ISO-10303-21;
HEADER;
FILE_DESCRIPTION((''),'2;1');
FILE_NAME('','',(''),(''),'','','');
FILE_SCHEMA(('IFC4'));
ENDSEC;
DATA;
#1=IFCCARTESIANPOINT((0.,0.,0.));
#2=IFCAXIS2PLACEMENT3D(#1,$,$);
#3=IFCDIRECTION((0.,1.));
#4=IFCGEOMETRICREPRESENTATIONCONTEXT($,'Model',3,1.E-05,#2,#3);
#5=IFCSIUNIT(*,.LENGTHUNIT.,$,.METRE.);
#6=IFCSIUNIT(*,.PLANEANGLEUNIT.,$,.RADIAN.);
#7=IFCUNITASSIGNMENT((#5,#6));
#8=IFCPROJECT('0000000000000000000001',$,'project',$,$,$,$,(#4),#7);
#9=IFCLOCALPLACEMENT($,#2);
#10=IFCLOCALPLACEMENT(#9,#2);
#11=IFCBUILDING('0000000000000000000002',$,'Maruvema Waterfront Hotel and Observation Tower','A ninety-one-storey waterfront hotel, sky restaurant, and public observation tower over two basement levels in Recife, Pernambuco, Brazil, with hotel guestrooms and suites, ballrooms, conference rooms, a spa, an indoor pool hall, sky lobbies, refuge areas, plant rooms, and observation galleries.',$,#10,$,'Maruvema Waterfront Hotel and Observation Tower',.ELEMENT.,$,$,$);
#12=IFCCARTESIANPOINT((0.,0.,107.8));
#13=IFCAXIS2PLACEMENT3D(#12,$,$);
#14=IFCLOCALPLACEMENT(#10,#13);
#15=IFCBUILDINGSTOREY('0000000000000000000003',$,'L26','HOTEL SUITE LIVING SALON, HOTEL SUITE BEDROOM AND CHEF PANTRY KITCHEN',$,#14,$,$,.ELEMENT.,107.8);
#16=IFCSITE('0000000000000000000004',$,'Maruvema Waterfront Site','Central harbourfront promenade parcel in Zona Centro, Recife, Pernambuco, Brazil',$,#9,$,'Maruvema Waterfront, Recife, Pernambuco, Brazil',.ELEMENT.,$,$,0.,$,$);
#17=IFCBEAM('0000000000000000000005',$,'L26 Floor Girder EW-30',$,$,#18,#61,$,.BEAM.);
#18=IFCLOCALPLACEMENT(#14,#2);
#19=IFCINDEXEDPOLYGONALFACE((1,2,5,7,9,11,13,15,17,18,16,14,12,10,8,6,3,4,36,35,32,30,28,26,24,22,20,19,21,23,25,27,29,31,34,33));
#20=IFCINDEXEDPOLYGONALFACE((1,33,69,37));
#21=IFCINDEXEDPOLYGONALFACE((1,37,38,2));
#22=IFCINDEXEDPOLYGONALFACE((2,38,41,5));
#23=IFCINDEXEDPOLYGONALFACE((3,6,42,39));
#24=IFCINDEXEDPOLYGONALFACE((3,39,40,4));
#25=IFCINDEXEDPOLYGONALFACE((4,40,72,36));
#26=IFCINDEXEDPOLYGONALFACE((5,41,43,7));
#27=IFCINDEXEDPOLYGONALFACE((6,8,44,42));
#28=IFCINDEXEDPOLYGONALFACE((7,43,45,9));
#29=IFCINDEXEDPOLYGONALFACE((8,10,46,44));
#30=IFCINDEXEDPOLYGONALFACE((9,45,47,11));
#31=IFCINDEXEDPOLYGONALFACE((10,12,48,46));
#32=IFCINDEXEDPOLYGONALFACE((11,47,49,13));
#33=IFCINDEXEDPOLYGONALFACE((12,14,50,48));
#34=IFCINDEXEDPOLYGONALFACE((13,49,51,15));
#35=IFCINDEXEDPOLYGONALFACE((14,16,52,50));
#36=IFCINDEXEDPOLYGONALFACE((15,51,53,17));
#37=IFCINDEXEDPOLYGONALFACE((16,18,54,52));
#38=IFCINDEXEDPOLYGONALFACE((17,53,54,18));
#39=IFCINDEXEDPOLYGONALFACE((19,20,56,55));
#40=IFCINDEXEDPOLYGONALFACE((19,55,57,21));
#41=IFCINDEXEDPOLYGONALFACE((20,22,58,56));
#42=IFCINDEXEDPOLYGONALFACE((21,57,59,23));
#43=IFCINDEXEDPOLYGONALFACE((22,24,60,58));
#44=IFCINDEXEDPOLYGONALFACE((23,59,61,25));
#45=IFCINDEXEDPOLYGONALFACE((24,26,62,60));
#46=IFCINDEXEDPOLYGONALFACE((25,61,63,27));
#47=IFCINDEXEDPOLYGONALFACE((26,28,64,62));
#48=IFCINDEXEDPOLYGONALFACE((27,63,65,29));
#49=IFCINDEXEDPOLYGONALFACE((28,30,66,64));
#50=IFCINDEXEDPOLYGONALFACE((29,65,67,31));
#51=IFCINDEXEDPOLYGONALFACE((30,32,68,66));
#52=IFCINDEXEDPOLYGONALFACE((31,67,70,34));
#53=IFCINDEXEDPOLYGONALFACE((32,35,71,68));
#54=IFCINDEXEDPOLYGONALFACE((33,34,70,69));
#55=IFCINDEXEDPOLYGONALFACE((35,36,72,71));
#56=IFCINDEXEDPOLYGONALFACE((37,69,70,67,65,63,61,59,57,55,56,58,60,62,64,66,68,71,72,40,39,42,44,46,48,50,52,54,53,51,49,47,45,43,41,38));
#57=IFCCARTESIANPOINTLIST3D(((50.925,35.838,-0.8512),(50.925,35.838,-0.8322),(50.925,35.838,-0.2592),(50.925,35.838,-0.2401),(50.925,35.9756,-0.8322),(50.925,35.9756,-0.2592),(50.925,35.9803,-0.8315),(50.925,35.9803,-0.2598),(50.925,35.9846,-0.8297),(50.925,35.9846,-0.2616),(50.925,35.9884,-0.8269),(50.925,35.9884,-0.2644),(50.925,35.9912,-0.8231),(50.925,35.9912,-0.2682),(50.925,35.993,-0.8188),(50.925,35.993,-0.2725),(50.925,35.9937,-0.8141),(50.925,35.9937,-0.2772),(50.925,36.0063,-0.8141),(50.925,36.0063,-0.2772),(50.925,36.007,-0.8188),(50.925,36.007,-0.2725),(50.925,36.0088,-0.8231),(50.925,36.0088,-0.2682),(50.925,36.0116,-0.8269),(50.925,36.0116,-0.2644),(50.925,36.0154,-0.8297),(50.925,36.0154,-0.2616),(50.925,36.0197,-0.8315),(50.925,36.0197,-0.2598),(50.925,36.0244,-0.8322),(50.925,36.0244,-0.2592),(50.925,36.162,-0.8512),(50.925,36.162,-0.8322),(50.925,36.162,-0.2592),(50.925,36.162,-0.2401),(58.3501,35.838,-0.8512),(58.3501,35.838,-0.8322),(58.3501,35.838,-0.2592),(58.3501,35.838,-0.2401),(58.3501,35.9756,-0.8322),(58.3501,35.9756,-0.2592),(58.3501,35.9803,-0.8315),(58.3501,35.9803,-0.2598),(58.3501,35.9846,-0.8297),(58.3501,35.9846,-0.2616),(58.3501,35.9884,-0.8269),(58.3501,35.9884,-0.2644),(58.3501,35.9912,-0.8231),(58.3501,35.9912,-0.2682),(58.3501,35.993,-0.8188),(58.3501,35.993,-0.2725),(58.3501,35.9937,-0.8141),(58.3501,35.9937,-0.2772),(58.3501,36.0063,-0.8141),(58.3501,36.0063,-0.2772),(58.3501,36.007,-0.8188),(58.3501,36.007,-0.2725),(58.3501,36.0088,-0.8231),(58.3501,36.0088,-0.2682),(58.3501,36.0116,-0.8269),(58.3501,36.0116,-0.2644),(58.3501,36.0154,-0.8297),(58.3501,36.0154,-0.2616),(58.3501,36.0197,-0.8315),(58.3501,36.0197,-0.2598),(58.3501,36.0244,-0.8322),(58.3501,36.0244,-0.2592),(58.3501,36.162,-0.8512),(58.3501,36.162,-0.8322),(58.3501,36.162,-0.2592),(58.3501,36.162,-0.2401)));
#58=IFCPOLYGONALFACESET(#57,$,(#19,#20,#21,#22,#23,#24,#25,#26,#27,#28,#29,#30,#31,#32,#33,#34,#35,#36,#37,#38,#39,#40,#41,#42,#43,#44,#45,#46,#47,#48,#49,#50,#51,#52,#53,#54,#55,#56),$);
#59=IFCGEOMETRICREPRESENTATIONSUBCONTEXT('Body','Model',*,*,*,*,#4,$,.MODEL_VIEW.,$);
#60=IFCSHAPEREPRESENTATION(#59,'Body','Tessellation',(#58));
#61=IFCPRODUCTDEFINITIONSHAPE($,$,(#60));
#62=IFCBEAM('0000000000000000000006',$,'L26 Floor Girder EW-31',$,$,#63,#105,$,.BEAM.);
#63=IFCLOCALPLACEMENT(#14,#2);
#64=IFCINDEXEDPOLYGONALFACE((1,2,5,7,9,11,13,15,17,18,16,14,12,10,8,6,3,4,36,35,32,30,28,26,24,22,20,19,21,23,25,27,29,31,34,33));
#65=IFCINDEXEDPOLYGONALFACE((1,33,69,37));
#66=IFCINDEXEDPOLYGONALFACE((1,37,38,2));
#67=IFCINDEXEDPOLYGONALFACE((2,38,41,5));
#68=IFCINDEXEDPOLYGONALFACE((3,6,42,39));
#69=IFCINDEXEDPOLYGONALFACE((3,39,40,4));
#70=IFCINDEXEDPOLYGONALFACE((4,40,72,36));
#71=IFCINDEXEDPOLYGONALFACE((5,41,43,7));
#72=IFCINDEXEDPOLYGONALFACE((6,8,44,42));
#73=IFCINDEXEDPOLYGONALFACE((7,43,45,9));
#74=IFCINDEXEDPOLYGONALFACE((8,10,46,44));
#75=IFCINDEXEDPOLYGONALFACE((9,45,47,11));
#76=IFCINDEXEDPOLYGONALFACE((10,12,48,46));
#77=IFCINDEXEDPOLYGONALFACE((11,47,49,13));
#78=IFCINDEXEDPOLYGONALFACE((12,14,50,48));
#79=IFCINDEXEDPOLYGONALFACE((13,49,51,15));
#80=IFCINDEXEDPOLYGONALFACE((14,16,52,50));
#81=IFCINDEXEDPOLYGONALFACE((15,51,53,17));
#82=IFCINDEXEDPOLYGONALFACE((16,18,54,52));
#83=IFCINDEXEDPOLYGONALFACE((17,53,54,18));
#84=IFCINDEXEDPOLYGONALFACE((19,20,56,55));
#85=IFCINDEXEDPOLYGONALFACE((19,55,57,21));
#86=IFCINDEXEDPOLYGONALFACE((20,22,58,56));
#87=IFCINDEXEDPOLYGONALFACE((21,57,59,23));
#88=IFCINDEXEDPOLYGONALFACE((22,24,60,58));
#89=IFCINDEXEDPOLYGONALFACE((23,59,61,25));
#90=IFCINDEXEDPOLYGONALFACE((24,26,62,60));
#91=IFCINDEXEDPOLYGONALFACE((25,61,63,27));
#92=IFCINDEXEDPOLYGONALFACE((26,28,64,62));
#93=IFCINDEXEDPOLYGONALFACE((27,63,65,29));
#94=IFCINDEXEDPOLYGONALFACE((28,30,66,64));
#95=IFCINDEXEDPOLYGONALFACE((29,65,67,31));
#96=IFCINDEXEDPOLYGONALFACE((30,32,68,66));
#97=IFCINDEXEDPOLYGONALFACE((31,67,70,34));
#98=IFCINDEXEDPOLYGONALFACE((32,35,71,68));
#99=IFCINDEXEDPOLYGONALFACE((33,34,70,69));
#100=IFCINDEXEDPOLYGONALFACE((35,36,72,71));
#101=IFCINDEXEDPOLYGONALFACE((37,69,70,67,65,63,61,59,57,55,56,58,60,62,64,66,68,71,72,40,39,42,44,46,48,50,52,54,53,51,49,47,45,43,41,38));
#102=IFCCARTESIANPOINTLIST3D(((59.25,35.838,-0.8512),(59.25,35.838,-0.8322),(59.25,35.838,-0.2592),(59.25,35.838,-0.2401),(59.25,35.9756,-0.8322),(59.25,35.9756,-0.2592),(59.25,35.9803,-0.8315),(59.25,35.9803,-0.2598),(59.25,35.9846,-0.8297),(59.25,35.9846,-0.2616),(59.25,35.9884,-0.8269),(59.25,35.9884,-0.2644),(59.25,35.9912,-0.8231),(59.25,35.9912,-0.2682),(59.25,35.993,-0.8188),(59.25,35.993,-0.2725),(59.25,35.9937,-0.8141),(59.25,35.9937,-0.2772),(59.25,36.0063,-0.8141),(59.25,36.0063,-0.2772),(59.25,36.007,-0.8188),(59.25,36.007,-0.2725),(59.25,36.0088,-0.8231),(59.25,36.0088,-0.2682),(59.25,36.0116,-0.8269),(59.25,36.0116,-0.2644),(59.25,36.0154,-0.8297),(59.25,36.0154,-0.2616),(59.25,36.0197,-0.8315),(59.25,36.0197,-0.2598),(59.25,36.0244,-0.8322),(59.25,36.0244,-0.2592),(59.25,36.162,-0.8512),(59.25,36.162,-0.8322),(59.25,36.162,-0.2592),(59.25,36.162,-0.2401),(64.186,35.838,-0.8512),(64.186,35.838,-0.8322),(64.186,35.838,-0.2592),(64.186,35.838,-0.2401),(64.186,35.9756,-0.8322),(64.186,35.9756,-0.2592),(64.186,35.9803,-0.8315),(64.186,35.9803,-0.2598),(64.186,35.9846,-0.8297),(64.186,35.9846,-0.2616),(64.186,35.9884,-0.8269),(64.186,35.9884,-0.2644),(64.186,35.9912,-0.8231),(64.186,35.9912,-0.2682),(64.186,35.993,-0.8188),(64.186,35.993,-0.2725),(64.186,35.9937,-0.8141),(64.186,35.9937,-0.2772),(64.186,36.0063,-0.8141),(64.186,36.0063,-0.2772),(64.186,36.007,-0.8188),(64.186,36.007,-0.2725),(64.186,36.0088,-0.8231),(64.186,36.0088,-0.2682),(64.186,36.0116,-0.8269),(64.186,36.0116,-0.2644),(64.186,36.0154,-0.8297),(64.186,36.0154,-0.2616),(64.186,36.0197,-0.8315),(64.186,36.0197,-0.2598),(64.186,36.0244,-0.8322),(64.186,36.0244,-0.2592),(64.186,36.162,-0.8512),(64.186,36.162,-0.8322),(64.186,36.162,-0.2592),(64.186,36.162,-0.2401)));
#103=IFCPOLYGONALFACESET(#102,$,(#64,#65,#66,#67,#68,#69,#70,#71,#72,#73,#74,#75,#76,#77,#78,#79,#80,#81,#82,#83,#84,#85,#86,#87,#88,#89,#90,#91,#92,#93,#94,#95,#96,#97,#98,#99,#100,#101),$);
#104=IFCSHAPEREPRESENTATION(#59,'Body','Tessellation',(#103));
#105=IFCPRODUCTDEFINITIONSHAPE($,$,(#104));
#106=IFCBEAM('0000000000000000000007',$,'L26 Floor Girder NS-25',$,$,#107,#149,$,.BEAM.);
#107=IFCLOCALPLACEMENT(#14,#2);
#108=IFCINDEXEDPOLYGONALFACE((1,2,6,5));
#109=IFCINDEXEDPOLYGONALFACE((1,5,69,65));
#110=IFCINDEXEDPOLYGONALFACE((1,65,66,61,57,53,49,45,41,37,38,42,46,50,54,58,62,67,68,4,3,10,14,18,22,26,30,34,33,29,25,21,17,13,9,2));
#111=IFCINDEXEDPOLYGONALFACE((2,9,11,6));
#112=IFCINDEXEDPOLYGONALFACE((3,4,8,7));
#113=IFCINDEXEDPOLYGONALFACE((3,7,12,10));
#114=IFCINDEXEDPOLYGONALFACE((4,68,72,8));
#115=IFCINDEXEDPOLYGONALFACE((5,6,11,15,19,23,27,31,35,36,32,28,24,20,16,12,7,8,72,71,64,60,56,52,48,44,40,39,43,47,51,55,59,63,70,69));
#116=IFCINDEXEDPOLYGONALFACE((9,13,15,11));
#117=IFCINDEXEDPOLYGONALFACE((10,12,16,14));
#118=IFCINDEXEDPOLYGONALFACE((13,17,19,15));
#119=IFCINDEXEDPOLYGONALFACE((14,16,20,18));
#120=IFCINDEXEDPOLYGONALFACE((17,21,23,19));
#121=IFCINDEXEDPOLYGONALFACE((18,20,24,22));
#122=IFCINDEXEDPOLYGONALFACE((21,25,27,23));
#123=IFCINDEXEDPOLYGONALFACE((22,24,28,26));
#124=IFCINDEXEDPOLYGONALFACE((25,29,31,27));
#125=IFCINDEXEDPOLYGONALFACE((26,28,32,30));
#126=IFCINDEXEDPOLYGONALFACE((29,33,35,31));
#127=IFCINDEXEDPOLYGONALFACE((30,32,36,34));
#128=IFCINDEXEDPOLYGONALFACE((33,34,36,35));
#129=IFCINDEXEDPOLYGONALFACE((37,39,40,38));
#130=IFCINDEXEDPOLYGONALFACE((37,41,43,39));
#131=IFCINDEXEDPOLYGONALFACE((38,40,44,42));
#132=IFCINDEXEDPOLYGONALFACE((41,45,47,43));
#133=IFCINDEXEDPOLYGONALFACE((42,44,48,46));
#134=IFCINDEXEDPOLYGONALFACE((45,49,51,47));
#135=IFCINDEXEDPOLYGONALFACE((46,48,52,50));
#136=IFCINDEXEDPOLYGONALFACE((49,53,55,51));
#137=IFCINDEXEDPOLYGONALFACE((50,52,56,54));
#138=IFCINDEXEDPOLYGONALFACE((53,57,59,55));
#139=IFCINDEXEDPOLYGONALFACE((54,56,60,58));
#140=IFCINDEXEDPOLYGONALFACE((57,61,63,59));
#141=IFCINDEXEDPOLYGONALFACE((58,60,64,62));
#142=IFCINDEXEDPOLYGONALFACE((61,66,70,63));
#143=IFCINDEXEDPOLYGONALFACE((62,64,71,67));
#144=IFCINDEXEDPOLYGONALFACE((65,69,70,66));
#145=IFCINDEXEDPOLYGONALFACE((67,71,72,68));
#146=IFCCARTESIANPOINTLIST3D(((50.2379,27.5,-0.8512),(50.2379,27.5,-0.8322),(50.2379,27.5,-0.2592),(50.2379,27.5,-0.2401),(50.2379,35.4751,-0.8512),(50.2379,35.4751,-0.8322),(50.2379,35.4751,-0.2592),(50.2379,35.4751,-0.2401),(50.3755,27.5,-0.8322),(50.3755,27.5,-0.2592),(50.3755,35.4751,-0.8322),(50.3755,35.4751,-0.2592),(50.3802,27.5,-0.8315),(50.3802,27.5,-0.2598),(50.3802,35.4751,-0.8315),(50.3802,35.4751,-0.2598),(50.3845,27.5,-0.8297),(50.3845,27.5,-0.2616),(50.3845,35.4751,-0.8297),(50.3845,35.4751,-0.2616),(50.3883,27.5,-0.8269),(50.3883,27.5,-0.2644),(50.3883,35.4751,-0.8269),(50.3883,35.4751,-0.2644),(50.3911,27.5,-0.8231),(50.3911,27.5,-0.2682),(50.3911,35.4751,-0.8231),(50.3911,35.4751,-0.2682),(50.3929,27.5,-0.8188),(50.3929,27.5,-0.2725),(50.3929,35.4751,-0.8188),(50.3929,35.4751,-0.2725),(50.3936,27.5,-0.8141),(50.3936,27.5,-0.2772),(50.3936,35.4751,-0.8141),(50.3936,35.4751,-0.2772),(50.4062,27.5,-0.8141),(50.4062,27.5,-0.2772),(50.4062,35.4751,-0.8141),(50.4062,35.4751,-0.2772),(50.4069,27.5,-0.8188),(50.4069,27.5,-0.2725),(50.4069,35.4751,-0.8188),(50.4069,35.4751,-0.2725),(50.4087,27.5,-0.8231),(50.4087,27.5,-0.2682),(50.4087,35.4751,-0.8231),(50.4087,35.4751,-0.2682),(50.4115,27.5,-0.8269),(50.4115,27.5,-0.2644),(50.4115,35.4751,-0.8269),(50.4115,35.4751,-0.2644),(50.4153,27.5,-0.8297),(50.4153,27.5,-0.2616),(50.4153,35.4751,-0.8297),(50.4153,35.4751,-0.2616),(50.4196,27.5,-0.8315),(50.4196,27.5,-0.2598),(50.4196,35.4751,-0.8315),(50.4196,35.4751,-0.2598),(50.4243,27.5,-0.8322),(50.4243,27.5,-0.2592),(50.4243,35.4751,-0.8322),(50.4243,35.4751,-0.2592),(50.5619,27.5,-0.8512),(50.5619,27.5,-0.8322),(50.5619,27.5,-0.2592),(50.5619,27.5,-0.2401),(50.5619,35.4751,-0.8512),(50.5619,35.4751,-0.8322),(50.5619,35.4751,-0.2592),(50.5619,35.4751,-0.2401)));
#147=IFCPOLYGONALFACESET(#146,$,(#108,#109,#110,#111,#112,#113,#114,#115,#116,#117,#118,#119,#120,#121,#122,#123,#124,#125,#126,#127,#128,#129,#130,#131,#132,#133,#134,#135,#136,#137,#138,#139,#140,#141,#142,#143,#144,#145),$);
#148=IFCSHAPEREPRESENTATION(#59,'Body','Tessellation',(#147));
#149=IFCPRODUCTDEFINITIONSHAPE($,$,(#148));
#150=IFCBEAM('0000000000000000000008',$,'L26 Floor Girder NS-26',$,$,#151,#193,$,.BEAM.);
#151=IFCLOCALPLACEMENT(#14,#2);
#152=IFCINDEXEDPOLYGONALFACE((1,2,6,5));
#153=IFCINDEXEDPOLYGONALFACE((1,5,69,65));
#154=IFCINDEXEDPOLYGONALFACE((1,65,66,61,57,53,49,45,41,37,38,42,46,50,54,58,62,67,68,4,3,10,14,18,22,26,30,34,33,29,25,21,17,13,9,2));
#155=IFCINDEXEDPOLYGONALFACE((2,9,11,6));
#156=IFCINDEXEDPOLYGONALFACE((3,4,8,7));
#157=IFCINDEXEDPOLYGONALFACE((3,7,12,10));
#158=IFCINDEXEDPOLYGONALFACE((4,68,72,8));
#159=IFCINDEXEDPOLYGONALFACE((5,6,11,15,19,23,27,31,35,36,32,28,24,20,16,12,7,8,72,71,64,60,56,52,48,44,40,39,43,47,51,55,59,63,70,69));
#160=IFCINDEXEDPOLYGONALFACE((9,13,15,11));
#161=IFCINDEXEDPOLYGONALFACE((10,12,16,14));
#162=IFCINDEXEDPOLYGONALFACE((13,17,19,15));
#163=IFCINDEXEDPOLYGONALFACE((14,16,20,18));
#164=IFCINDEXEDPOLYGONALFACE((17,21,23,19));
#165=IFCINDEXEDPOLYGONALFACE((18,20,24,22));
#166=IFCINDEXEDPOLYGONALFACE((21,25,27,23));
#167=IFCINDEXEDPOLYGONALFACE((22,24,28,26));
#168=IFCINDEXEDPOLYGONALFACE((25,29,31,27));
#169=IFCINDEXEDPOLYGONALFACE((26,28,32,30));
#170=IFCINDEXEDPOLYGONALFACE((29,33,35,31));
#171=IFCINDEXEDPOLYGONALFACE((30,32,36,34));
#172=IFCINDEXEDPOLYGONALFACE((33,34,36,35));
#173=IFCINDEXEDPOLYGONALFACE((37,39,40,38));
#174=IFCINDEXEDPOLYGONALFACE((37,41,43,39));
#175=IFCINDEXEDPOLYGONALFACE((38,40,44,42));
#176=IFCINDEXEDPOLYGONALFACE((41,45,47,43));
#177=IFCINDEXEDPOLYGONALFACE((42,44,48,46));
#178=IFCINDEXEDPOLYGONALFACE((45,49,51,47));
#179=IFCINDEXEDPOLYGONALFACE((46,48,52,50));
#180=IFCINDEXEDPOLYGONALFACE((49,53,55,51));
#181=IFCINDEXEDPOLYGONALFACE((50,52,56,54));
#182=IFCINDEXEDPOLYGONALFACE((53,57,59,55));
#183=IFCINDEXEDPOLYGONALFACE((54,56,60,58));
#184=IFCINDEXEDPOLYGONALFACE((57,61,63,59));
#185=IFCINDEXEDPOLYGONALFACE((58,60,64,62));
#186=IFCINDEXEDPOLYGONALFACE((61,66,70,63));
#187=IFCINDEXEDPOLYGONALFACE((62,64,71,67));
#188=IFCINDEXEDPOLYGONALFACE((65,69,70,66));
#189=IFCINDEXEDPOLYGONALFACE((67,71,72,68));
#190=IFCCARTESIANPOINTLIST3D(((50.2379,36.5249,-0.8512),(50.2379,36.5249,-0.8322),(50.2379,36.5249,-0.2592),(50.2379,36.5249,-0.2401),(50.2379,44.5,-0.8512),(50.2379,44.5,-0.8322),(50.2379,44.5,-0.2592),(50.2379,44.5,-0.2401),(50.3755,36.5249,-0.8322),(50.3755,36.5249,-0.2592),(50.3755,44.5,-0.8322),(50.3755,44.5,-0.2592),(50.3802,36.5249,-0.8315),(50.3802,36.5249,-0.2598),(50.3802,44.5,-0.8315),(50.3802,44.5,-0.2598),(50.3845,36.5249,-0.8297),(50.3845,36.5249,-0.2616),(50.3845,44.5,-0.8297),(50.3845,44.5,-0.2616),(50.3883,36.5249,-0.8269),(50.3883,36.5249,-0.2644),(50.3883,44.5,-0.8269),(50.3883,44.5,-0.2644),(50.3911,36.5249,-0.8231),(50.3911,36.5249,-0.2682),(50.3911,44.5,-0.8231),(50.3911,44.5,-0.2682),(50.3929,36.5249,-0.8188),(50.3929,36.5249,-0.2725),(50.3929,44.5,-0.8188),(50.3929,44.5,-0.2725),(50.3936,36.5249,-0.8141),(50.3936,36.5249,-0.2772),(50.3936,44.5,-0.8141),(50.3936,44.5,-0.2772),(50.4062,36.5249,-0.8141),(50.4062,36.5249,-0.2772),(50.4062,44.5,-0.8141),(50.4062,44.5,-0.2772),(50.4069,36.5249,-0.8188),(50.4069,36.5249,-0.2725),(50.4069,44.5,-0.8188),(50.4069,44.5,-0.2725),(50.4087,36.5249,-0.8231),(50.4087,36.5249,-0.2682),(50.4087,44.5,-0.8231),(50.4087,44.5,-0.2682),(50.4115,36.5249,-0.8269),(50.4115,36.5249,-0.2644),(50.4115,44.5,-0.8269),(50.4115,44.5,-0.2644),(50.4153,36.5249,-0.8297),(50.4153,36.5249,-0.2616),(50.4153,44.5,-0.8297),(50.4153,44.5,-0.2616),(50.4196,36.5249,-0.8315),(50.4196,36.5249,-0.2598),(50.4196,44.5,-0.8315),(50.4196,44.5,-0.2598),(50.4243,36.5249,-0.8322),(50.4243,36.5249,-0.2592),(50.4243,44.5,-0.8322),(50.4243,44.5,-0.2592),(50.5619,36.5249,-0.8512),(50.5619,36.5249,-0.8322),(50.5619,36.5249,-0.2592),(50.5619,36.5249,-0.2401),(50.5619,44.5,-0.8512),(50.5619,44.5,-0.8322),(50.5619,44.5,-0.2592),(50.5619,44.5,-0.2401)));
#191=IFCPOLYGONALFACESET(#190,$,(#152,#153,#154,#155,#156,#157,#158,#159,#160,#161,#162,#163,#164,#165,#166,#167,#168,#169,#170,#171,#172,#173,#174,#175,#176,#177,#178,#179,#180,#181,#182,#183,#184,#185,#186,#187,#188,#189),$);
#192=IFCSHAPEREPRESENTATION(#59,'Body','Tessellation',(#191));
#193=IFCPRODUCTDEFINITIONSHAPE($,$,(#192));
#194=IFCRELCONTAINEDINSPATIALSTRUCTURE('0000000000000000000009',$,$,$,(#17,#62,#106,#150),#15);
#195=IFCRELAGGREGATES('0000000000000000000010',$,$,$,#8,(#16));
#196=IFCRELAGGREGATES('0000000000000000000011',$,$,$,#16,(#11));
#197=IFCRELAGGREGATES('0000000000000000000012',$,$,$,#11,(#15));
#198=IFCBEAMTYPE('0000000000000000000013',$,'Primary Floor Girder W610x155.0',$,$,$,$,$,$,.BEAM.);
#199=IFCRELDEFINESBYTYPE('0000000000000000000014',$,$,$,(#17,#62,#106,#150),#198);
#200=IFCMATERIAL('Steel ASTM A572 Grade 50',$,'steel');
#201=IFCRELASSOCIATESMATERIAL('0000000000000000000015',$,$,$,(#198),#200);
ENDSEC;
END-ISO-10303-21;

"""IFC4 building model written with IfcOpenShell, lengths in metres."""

from ifc_helpers import new_model, si_unit, direction, frame, origin, origin_2d, place, context, subcontext, project, spatial, i_section, extrude, material, material_profile, profile_set, type_object, element, save


model = new_model("IFC4")

# Units and contexts
model_context = context("Model", 3, precision=1e-05, world=origin(), true_north=direction((0.0, 1.0)))
body_context = subcontext(model_context, "Body", "Model", "MODEL_VIEW")
ifc_project = project(units=[si_unit("LENGTHUNIT", "METRE"), si_unit("PLANEANGLEUNIT", "RADIAN")], contexts=[model_context])

# Site, building, storey
site_placement = place(None, origin())
site = spatial("IfcSite", under=ifc_project, at=site_placement, Name="Maruvema Waterfront Site", Description="Central harbourfront promenade parcel in Zona Centro, Recife, Pernambuco, Brazil", LongName="Maruvema Waterfront, Recife, Pernambuco, Brazil", CompositionType="ELEMENT", RefElevation=0.0)
building_placement = place(site_placement, origin())
building = spatial("IfcBuilding", under=site, at=building_placement, Name="Maruvema Waterfront Hotel and Observation Tower", Description="A ninety-one-storey waterfront hotel, sky restaurant, and public observation tower over two basement levels in Recife, Pernambuco, Brazil, with hotel guestrooms and suites, ballrooms, conference rooms, a spa, an indoor pool hall, sky lobbies, refuge areas, plant rooms, and observation galleries.", LongName="Maruvema Waterfront Hotel and Observation Tower", CompositionType="ELEMENT")
storey_placement = place(building_placement, frame((0.0, 0.0, 107.8)))
storey = spatial("IfcBuildingStorey", under=building, at=storey_placement, Name="L26", Description="HOTEL SUITE LIVING SALON, HOTEL SUITE BEDROOM AND CHEF PANTRY KITCHEN", CompositionType="ELEMENT", Elevation=107.8)

# Beams
ifc_material_1 = material(Name="Steel ASTM A572 Grade 50", Category="steel")
ifc_material_profile_1 = material_profile(ifc_material_1, i_section(OverallWidth=0.324, OverallDepth=0.6111, WebThickness=0.0127, FlangeThickness=0.019, FilletRadius=0.0181, at=origin_2d()), Name="W610x155.0")
ifc_profile_set_1 = profile_set([ifc_material_profile_1], Name="Steel ASTM A572 Grade 50")
beam_type_1 = type_object("IfcBeamType", Name="Primary Floor Girder W610x155.0", PredefinedType="BEAM", material=ifc_profile_set_1)
beam_1_placement = place(storey_placement, frame((50.925, 36.0, -0.5457), z_axis=(1.0, 0.0, 0.0), x_axis=(0.0, 1.0, 0.0)))
element("IfcBeam", 1, at=beam_1_placement, inside=storey, type_object=beam_type_1, Name="L26 Floor Girder EW-30", PredefinedType="BEAM", context=body_context, shape_type="SweptSolid", body=[
    extrude(i_section(OverallWidth=0.324, OverallDepth=0.6111, WebThickness=0.0127, FlangeThickness=0.019, FilletRadius=0.0181, at=origin_2d()), origin(), (0.0, 0.0, 1.0), 7.425),
])
beam_2_placement = place(storey_placement, frame((59.25, 36.0, -0.5457), z_axis=(1.0, 0.0, 0.0), x_axis=(0.0, 1.0, 0.0)))
element("IfcBeam", 2, at=beam_2_placement, inside=storey, type_object=beam_type_1, Name="L26 Floor Girder EW-31", PredefinedType="BEAM", context=body_context, shape_type="SweptSolid", body=[
    extrude(i_section(OverallWidth=0.324, OverallDepth=0.6111, WebThickness=0.0127, FlangeThickness=0.019, FilletRadius=0.0181, at=origin_2d()), origin(), (0.0, 0.0, 1.0), 4.936),
])
for number, where, z_axis, x_axis, name in (
    (3, (50.3999, 27.5, -0.5457), (0.0, 1.0, 0.0), (-1.0, 0.0, 0.0), "L26 Floor Girder NS-25"),
    (4, (50.3999, 36.5249, -0.5457), (0.0, 1.0, 0.0), (-1.0, 0.0, 0.0), "L26 Floor Girder NS-26"),
):
    element("IfcBeam", number, at=place(storey_placement, frame(where, z_axis=z_axis, x_axis=x_axis)), inside=storey, type_object=beam_type_1, Name=name, PredefinedType="BEAM", context=body_context, shape_type="SweptSolid", body=[
        extrude(i_section(OverallWidth=0.324, OverallDepth=0.6111, WebThickness=0.0127, FlangeThickness=0.019, FilletRadius=0.0181, at=origin_2d()), origin(), (0.0, 0.0, 1.0), 7.9751),
    ])

save(model, "model.ifc")
